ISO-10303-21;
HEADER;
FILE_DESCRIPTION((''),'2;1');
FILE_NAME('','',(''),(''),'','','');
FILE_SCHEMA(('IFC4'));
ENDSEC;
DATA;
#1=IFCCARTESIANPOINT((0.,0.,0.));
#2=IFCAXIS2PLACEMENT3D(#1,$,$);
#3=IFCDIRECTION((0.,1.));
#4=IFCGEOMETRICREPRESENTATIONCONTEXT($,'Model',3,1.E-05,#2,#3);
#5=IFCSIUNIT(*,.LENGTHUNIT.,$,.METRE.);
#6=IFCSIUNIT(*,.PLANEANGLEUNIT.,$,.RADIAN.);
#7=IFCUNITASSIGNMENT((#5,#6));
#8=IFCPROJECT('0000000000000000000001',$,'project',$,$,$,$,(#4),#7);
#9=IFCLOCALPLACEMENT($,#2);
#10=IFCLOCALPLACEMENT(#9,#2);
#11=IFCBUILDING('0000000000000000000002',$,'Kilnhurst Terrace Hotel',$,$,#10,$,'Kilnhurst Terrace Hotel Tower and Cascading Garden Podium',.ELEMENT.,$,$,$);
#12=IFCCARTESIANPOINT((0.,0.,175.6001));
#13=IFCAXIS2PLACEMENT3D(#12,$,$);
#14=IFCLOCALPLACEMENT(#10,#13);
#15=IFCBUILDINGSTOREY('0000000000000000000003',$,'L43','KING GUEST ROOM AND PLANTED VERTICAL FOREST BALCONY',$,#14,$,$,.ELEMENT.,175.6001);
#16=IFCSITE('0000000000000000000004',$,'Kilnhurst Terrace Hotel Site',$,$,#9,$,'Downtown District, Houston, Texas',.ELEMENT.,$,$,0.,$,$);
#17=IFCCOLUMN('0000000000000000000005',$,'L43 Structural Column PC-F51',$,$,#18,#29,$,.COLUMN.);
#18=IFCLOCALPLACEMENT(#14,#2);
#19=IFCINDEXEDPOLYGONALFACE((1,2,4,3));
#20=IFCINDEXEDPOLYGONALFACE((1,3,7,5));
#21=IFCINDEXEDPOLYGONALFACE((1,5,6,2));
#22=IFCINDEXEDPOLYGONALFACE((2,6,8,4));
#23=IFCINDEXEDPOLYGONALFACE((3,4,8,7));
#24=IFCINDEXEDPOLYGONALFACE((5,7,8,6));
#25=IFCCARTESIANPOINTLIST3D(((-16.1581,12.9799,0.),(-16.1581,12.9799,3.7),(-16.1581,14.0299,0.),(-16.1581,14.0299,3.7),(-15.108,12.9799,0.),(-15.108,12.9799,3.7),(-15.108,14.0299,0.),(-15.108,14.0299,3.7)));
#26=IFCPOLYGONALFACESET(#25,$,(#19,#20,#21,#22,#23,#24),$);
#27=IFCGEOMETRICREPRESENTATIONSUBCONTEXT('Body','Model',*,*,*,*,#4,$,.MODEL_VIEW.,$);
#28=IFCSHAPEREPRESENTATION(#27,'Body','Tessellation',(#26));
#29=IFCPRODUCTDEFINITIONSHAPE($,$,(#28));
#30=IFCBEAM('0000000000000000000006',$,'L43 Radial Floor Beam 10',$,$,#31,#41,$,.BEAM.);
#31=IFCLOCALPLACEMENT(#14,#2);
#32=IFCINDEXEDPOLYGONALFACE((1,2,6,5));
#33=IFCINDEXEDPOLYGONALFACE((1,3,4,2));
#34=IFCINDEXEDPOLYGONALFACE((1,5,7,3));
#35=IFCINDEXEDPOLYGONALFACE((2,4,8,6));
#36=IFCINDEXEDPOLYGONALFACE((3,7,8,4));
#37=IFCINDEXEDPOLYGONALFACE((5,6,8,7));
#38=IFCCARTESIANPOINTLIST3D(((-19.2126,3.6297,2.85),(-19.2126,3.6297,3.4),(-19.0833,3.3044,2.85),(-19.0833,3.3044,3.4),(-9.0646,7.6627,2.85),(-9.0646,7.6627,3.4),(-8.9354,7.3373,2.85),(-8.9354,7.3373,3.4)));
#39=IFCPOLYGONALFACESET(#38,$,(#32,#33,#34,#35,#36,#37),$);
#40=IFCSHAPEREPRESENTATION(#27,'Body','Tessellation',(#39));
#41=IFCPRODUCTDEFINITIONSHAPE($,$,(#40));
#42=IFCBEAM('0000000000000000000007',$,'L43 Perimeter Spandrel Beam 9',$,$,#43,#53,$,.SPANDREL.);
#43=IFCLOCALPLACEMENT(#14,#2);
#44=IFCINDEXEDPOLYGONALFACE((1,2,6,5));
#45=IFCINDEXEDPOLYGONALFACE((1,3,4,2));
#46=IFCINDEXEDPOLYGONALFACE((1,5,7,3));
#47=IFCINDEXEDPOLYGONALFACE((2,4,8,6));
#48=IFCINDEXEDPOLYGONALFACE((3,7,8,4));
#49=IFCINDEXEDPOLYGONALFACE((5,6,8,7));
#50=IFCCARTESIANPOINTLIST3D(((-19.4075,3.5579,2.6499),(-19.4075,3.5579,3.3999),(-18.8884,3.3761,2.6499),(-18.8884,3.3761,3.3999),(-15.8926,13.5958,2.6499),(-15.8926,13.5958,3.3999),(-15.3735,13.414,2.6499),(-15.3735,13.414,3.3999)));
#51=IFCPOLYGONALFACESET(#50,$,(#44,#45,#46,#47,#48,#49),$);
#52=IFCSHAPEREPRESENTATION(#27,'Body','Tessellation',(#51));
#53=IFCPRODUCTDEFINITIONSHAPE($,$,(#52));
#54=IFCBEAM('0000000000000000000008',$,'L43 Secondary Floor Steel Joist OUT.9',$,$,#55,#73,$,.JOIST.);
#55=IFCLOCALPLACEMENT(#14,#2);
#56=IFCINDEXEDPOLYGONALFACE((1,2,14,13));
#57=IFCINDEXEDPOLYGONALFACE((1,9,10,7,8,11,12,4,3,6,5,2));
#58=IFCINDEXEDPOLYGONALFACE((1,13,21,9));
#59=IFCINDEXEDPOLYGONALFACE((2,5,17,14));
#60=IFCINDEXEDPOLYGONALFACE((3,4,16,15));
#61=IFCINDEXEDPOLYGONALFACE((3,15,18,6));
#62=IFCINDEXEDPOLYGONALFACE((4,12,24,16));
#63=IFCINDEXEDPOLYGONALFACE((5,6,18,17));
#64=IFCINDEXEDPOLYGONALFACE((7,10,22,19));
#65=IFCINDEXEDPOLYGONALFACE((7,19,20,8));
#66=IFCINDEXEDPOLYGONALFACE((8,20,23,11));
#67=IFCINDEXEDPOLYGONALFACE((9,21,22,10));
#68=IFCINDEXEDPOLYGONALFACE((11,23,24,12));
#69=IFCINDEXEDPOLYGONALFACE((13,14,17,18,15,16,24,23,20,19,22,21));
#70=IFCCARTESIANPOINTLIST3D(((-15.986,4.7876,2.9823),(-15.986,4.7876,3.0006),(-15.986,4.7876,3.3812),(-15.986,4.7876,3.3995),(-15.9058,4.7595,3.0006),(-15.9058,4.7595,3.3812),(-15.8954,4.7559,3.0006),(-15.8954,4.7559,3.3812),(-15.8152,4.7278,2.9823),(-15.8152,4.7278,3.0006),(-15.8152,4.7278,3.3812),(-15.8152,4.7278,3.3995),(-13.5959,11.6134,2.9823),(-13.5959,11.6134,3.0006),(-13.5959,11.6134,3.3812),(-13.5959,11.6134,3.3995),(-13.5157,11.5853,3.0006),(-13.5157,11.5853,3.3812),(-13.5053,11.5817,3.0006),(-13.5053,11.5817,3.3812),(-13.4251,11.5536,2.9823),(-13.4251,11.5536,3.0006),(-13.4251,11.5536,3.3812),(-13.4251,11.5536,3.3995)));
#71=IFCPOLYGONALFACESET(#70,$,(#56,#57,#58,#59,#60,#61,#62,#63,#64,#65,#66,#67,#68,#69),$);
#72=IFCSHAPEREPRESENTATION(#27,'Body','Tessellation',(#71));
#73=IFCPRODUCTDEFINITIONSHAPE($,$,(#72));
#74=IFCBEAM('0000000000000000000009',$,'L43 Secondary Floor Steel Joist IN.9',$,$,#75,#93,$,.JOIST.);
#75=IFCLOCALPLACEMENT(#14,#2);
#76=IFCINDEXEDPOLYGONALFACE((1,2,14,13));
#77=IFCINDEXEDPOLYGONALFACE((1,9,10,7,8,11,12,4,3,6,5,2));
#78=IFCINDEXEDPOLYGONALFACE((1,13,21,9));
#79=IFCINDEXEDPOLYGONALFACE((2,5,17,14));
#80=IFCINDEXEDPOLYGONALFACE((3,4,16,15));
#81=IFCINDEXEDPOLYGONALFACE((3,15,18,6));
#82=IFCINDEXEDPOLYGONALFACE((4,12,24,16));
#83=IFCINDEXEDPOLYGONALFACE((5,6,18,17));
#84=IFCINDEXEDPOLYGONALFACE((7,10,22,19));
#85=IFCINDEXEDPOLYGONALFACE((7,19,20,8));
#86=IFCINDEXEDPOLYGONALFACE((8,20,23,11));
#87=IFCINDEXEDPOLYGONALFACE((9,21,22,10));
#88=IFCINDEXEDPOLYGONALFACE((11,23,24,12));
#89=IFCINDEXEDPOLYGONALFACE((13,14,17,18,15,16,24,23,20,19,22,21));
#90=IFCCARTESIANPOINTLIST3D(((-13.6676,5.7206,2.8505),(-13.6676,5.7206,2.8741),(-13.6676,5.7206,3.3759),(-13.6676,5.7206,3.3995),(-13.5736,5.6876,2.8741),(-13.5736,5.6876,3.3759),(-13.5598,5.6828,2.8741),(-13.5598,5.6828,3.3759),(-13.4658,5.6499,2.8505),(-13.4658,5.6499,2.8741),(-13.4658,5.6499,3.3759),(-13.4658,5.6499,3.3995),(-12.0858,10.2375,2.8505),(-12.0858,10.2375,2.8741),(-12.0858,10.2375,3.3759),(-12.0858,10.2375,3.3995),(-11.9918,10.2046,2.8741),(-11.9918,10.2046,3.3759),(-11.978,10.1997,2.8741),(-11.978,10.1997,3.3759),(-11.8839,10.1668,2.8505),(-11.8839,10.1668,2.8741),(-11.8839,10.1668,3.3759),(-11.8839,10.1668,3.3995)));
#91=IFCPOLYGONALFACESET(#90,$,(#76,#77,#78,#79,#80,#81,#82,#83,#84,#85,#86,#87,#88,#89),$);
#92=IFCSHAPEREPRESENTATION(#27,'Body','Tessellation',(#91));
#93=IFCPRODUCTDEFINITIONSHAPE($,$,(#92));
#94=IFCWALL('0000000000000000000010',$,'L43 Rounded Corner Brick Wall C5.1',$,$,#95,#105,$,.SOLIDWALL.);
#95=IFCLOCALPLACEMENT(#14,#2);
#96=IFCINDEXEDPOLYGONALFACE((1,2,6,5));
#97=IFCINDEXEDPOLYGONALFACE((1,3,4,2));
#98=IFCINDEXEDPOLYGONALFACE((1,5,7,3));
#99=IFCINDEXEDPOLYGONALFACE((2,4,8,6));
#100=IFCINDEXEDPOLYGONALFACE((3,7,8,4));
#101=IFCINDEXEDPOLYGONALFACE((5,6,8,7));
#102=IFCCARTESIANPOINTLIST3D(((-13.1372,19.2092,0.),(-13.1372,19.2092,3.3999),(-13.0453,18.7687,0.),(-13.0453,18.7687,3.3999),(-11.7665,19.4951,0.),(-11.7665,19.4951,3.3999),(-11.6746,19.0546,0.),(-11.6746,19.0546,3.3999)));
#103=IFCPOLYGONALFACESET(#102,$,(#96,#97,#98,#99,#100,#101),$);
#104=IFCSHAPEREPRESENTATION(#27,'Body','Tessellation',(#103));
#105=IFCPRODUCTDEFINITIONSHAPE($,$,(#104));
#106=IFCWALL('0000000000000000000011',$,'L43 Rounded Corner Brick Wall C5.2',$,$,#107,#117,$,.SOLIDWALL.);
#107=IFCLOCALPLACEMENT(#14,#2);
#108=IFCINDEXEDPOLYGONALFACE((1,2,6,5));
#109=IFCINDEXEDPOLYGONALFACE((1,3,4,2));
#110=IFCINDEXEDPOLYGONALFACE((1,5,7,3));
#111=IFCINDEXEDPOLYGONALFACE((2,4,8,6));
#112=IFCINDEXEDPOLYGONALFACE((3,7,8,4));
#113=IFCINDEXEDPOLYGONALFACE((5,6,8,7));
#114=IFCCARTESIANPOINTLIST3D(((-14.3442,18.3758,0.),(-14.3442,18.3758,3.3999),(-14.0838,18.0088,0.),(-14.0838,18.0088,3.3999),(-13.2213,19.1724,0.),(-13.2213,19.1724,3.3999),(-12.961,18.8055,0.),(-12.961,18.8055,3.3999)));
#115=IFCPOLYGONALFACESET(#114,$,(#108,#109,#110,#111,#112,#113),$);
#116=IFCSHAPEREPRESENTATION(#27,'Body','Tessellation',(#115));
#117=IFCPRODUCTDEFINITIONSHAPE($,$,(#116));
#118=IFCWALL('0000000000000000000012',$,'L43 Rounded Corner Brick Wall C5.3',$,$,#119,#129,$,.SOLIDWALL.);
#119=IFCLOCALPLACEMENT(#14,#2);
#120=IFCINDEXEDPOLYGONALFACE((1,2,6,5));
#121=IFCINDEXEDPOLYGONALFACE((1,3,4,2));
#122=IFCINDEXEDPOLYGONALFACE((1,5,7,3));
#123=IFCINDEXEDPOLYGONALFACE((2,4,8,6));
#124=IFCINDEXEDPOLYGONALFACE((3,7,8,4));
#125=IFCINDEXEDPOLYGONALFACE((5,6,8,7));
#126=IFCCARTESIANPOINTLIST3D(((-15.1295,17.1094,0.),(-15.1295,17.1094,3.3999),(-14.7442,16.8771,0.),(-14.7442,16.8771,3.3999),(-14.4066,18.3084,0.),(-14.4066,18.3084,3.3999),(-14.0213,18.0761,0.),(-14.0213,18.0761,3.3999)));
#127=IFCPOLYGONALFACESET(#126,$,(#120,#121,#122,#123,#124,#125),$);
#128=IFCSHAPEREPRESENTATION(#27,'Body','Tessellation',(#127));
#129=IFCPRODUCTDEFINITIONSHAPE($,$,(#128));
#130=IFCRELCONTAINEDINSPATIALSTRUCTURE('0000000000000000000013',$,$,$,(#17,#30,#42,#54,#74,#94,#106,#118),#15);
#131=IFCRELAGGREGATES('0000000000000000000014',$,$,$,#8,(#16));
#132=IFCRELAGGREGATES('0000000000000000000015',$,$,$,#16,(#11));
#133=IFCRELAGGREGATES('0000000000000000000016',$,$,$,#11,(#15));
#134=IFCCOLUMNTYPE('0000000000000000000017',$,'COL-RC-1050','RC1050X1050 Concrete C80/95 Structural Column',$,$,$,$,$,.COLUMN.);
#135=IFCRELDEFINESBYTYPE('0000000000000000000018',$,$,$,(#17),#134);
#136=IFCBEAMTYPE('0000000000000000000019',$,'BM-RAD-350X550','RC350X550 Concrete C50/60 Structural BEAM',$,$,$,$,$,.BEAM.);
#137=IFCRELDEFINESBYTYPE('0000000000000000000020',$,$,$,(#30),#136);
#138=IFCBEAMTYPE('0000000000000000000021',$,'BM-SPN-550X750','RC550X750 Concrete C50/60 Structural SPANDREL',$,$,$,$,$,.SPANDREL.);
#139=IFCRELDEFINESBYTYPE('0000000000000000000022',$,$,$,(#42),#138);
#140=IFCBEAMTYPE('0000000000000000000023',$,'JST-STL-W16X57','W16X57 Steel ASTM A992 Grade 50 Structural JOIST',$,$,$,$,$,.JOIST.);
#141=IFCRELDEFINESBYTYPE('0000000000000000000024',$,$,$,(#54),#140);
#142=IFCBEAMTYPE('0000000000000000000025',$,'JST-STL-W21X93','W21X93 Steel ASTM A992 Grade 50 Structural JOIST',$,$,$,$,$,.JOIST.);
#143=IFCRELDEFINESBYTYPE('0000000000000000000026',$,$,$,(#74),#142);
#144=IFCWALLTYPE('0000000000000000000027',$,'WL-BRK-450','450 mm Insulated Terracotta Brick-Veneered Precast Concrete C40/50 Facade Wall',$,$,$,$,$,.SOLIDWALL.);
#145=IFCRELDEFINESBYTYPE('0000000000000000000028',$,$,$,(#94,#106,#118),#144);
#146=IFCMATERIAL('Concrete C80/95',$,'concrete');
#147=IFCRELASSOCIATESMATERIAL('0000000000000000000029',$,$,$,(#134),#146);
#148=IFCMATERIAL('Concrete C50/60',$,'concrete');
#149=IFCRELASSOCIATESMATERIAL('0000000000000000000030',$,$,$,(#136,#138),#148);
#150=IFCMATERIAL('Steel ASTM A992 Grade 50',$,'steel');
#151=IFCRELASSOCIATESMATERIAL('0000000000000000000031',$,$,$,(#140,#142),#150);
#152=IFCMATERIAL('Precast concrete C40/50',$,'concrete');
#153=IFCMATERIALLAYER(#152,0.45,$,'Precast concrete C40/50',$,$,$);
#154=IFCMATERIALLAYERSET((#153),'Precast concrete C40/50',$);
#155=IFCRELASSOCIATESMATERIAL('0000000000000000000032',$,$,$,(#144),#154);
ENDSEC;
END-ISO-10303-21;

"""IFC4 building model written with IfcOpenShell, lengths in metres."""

from ifc_helpers import new_model, si_unit, direction, frame, frame_2d, origin, origin_2d, place, context, subcontext, project, spatial, rectangle, i_section, extrude, material, layer, layer_set, material_profile, profile_set, type_object, element, save


model = new_model("IFC4")

# Units and contexts
model_context = context("Model", 3, precision=1e-05, world=origin(), true_north=direction((0.0, 1.0)))
body_context = subcontext(model_context, "Body", "Model", "MODEL_VIEW")
ifc_project = project(units=[si_unit("LENGTHUNIT", "METRE"), si_unit("PLANEANGLEUNIT", "RADIAN")], contexts=[model_context])

# Site, building, storey
site_placement = place(None, origin())
site = spatial("IfcSite", under=ifc_project, at=site_placement, Name="Kilnhurst Terrace Hotel Site", LongName="Downtown District, Houston, Texas", CompositionType="ELEMENT", RefElevation=0.0)
building_placement = place(site_placement, origin())
building = spatial("IfcBuilding", under=site, at=building_placement, Name="Kilnhurst Terrace Hotel", LongName="Kilnhurst Terrace Hotel Tower and Cascading Garden Podium", CompositionType="ELEMENT")
storey_placement = place(building_placement, frame((0.0, 0.0, 175.6001)))
storey = spatial("IfcBuildingStorey", under=building, at=storey_placement, Name="L43", Description="KING GUEST ROOM AND PLANTED VERTICAL FOREST BALCONY", CompositionType="ELEMENT", Elevation=175.6001)

# Column
ifc_material_1 = material(Name="Concrete C80/95", Category="concrete")
ifc_material_profile_1 = material_profile(ifc_material_1, rectangle(XDim=1.05, YDim=1.05, at=origin_2d()), Name="RC1050X1050")
ifc_profile_set_1 = profile_set([ifc_material_profile_1], Name="Concrete C80/95")
column_type = type_object("IfcColumnType", Name="COL-RC-1050", Description="RC1050X1050 Concrete C80/95 Structural Column", PredefinedType="COLUMN", material=ifc_profile_set_1)
column_placement = place(storey_placement, frame((-15.6331, 13.5049, 0.0), z_axis=(0.0, 0.0, 1.0), x_axis=(1.0, 0.0, 0.0)))
element("IfcColumn", 1, at=column_placement, inside=storey, type_object=column_type, Name="L43 Structural Column PC-F51", PredefinedType="COLUMN", context=body_context, shape_type="SweptSolid", body=[
    extrude(rectangle(XDim=1.05, YDim=1.05, at=origin_2d()), origin(), (0.0, 0.0, 1.0), 3.7),
])

# Beams
ifc_material_2 = material(Name="Concrete C50/60", Category="concrete")
ifc_material_profile_2 = material_profile(ifc_material_2, rectangle(XDim=0.3501, YDim=0.55, at=origin_2d()), Name="RC350X550")
ifc_profile_set_2 = profile_set([ifc_material_profile_2], Name="Concrete C50/60")
beam_type_1 = type_object("IfcBeamType", Name="BM-RAD-350X550", Description="RC350X550 Concrete C50/60 Structural BEAM", PredefinedType="BEAM", material=ifc_profile_set_2)
beam_1_placement = place(storey_placement, frame((-9.0, 7.5, 3.125), z_axis=(-0.929302, -0.36932, 0.0), x_axis=(0.36932, -0.929302, 0.0)))
element("IfcBeam", 2, at=beam_1_placement, inside=storey, type_object=beam_type_1, Name="L43 Radial Floor Beam 10", PredefinedType="BEAM", context=body_context, shape_type="SweptSolid", body=[
    extrude(rectangle(XDim=0.3501, YDim=0.55, at=origin_2d()), origin(), (0.0, 0.0, 1.0), 10.9199),
])
ifc_material_profile_3 = material_profile(ifc_material_2, rectangle(XDim=0.55, YDim=0.75, at=origin_2d()), Name="RC550X750")
ifc_profile_set_3 = profile_set([ifc_material_profile_3], Name="Concrete C50/60")
beam_type_2 = type_object("IfcBeamType", Name="BM-SPN-550X750", Description="RC550X750 Concrete C50/60 Structural SPANDREL", PredefinedType="SPANDREL", material=ifc_profile_set_3)
beam_2_placement = place(storey_placement, frame((-15.6331, 13.5049, 3.0249), z_axis=(-0.330488, -0.94381, 0.0), x_axis=(0.94381, -0.330488, 0.0)))
element("IfcBeam", 3, at=beam_2_placement, inside=storey, type_object=beam_type_2, Name="L43 Perimeter Spandrel Beam 9", PredefinedType="SPANDREL", context=body_context, shape_type="SweptSolid", body=[
    extrude(rectangle(XDim=0.55, YDim=0.75, at=origin_2d()), origin(), (0.0, 0.0, 1.0), 10.6355),
])
ifc_material_3 = material(Name="Steel ASTM A992 Grade 50", Category="steel")
ifc_material_profile_4 = material_profile(ifc_material_3, i_section(OverallWidth=0.1809, OverallDepth=0.4172, WebThickness=0.011, FlangeThickness=0.0183, at=origin_2d()), Name="W16X57")
ifc_profile_set_4 = profile_set([ifc_material_profile_4], Name="Steel ASTM A992 Grade 50")
beam_type_3 = type_object("IfcBeamType", Name="JST-STL-W16X57", Description="W16X57 Steel ASTM A992 Grade 50 Structural JOIST", PredefinedType="JOIST", material=ifc_profile_set_4)
beam_3_placement = place(storey_placement, frame((-13.5105, 11.5835, 3.1909), z_axis=(-0.330481, -0.943813, 0.0), x_axis=(0.943813, -0.330481, 0.0)))
element("IfcBeam", 4, at=beam_3_placement, inside=storey, type_object=beam_type_3, Name="L43 Secondary Floor Steel Joist OUT.9", PredefinedType="JOIST", context=body_context, shape_type="SweptSolid", body=[
    extrude(i_section(OverallWidth=0.1809, OverallDepth=0.4172, WebThickness=0.011, FlangeThickness=0.0183, at=origin_2d()), origin(), (0.0, 0.0, 1.0), 7.2322),
])
ifc_material_profile_5 = material_profile(ifc_material_3, i_section(OverallWidth=0.2139, OverallDepth=0.5491, WebThickness=0.0146, FlangeThickness=0.0237, at=origin_2d()), Name="W21X93")
ifc_profile_set_5 = profile_set([ifc_material_profile_5], Name="Steel ASTM A992 Grade 50")
beam_type_4 = type_object("IfcBeamType", Name="JST-STL-W21X93", Description="W21X93 Steel ASTM A992 Grade 50 Structural JOIST", PredefinedType="JOIST", material=ifc_profile_set_5)
beam_4_placement = place(storey_placement, frame((-11.9849, 10.2021, 3.125), z_axis=(-0.330516, -0.9438, 0.0), x_axis=(0.9438, -0.330516, 0.0)))
element("IfcBeam", 5, at=beam_4_placement, inside=storey, type_object=beam_type_4, Name="L43 Secondary Floor Steel Joist IN.9", PredefinedType="JOIST", context=body_context, shape_type="SweptSolid", body=[
    extrude(i_section(OverallWidth=0.2139, OverallDepth=0.5491, WebThickness=0.0146, FlangeThickness=0.0237, at=origin_2d()), origin(), (0.0, 0.0, 1.0), 4.7859),
])

# Walls
ifc_material_4 = material(Name="Precast concrete C40/50", Category="concrete")
ifc_layer_1 = layer(ifc_material_4, 0.45, Name="Precast concrete C40/50")
ifc_layer_set_1 = layer_set([ifc_layer_1], Name="Precast concrete C40/50")
wall_type_1 = type_object("IfcWallType", Name="WL-BRK-450", Description="450 mm Insulated Terracotta Brick-Veneered Precast Concrete C40/50 Facade Wall", PredefinedType="SOLIDWALL", material=ifc_layer_set_1)
wall_1_placement = place(storey_placement, frame((-11.7205, 19.2749, 0.0), z_axis=(0.0, 0.0, 1.0), x_axis=(-0.978931, -0.204191, 0.0)))
element("IfcWall", 6, at=wall_1_placement, inside=storey, type_object=wall_type_1, Name="L43 Rounded Corner Brick Wall C5.1", PredefinedType="SOLIDWALL", context=body_context, shape_type="SweptSolid", body=[
    extrude(rectangle(XDim=1.4001, YDim=0.45, at=frame_2d((0.7002, 0.0))), origin(), (0.0, 0.0, 1.0), 3.3999),
])
wall_2_placement = place(storey_placement, frame((-13.0911, 18.989, 0.0), z_axis=(0.0, 0.0, 1.0), x_axis=(-0.815575, -0.578652, 0.0)))
element("IfcWall", 7, at=wall_2_placement, inside=storey, type_object=wall_type_1, Name="L43 Rounded Corner Brick Wall C5.2", PredefinedType="SOLIDWALL", context=body_context, shape_type="SweptSolid", body=[
    extrude(rectangle(XDim=1.3767, YDim=0.45, at=frame_2d((0.6885, 0.0))), origin(), (0.0, 0.0, 1.0), 3.3999),
])
wall_3_placement = place(storey_placement, frame((-14.2139, 18.1924, 0.0), z_axis=(0.0, 0.0, 1.0), x_axis=(-0.516341, -0.856383, 0.0)))
element("IfcWall", 8, at=wall_3_placement, inside=storey, type_object=wall_type_1, Name="L43 Rounded Corner Brick Wall C5.3", PredefinedType="SOLIDWALL", context=body_context, shape_type="SweptSolid", body=[
    extrude(rectangle(XDim=1.4001, YDim=0.45, at=frame_2d((0.7002, 0.0))), origin(), (0.0, 0.0, 1.0), 3.3999),
])

save(model, "model.ifc")
